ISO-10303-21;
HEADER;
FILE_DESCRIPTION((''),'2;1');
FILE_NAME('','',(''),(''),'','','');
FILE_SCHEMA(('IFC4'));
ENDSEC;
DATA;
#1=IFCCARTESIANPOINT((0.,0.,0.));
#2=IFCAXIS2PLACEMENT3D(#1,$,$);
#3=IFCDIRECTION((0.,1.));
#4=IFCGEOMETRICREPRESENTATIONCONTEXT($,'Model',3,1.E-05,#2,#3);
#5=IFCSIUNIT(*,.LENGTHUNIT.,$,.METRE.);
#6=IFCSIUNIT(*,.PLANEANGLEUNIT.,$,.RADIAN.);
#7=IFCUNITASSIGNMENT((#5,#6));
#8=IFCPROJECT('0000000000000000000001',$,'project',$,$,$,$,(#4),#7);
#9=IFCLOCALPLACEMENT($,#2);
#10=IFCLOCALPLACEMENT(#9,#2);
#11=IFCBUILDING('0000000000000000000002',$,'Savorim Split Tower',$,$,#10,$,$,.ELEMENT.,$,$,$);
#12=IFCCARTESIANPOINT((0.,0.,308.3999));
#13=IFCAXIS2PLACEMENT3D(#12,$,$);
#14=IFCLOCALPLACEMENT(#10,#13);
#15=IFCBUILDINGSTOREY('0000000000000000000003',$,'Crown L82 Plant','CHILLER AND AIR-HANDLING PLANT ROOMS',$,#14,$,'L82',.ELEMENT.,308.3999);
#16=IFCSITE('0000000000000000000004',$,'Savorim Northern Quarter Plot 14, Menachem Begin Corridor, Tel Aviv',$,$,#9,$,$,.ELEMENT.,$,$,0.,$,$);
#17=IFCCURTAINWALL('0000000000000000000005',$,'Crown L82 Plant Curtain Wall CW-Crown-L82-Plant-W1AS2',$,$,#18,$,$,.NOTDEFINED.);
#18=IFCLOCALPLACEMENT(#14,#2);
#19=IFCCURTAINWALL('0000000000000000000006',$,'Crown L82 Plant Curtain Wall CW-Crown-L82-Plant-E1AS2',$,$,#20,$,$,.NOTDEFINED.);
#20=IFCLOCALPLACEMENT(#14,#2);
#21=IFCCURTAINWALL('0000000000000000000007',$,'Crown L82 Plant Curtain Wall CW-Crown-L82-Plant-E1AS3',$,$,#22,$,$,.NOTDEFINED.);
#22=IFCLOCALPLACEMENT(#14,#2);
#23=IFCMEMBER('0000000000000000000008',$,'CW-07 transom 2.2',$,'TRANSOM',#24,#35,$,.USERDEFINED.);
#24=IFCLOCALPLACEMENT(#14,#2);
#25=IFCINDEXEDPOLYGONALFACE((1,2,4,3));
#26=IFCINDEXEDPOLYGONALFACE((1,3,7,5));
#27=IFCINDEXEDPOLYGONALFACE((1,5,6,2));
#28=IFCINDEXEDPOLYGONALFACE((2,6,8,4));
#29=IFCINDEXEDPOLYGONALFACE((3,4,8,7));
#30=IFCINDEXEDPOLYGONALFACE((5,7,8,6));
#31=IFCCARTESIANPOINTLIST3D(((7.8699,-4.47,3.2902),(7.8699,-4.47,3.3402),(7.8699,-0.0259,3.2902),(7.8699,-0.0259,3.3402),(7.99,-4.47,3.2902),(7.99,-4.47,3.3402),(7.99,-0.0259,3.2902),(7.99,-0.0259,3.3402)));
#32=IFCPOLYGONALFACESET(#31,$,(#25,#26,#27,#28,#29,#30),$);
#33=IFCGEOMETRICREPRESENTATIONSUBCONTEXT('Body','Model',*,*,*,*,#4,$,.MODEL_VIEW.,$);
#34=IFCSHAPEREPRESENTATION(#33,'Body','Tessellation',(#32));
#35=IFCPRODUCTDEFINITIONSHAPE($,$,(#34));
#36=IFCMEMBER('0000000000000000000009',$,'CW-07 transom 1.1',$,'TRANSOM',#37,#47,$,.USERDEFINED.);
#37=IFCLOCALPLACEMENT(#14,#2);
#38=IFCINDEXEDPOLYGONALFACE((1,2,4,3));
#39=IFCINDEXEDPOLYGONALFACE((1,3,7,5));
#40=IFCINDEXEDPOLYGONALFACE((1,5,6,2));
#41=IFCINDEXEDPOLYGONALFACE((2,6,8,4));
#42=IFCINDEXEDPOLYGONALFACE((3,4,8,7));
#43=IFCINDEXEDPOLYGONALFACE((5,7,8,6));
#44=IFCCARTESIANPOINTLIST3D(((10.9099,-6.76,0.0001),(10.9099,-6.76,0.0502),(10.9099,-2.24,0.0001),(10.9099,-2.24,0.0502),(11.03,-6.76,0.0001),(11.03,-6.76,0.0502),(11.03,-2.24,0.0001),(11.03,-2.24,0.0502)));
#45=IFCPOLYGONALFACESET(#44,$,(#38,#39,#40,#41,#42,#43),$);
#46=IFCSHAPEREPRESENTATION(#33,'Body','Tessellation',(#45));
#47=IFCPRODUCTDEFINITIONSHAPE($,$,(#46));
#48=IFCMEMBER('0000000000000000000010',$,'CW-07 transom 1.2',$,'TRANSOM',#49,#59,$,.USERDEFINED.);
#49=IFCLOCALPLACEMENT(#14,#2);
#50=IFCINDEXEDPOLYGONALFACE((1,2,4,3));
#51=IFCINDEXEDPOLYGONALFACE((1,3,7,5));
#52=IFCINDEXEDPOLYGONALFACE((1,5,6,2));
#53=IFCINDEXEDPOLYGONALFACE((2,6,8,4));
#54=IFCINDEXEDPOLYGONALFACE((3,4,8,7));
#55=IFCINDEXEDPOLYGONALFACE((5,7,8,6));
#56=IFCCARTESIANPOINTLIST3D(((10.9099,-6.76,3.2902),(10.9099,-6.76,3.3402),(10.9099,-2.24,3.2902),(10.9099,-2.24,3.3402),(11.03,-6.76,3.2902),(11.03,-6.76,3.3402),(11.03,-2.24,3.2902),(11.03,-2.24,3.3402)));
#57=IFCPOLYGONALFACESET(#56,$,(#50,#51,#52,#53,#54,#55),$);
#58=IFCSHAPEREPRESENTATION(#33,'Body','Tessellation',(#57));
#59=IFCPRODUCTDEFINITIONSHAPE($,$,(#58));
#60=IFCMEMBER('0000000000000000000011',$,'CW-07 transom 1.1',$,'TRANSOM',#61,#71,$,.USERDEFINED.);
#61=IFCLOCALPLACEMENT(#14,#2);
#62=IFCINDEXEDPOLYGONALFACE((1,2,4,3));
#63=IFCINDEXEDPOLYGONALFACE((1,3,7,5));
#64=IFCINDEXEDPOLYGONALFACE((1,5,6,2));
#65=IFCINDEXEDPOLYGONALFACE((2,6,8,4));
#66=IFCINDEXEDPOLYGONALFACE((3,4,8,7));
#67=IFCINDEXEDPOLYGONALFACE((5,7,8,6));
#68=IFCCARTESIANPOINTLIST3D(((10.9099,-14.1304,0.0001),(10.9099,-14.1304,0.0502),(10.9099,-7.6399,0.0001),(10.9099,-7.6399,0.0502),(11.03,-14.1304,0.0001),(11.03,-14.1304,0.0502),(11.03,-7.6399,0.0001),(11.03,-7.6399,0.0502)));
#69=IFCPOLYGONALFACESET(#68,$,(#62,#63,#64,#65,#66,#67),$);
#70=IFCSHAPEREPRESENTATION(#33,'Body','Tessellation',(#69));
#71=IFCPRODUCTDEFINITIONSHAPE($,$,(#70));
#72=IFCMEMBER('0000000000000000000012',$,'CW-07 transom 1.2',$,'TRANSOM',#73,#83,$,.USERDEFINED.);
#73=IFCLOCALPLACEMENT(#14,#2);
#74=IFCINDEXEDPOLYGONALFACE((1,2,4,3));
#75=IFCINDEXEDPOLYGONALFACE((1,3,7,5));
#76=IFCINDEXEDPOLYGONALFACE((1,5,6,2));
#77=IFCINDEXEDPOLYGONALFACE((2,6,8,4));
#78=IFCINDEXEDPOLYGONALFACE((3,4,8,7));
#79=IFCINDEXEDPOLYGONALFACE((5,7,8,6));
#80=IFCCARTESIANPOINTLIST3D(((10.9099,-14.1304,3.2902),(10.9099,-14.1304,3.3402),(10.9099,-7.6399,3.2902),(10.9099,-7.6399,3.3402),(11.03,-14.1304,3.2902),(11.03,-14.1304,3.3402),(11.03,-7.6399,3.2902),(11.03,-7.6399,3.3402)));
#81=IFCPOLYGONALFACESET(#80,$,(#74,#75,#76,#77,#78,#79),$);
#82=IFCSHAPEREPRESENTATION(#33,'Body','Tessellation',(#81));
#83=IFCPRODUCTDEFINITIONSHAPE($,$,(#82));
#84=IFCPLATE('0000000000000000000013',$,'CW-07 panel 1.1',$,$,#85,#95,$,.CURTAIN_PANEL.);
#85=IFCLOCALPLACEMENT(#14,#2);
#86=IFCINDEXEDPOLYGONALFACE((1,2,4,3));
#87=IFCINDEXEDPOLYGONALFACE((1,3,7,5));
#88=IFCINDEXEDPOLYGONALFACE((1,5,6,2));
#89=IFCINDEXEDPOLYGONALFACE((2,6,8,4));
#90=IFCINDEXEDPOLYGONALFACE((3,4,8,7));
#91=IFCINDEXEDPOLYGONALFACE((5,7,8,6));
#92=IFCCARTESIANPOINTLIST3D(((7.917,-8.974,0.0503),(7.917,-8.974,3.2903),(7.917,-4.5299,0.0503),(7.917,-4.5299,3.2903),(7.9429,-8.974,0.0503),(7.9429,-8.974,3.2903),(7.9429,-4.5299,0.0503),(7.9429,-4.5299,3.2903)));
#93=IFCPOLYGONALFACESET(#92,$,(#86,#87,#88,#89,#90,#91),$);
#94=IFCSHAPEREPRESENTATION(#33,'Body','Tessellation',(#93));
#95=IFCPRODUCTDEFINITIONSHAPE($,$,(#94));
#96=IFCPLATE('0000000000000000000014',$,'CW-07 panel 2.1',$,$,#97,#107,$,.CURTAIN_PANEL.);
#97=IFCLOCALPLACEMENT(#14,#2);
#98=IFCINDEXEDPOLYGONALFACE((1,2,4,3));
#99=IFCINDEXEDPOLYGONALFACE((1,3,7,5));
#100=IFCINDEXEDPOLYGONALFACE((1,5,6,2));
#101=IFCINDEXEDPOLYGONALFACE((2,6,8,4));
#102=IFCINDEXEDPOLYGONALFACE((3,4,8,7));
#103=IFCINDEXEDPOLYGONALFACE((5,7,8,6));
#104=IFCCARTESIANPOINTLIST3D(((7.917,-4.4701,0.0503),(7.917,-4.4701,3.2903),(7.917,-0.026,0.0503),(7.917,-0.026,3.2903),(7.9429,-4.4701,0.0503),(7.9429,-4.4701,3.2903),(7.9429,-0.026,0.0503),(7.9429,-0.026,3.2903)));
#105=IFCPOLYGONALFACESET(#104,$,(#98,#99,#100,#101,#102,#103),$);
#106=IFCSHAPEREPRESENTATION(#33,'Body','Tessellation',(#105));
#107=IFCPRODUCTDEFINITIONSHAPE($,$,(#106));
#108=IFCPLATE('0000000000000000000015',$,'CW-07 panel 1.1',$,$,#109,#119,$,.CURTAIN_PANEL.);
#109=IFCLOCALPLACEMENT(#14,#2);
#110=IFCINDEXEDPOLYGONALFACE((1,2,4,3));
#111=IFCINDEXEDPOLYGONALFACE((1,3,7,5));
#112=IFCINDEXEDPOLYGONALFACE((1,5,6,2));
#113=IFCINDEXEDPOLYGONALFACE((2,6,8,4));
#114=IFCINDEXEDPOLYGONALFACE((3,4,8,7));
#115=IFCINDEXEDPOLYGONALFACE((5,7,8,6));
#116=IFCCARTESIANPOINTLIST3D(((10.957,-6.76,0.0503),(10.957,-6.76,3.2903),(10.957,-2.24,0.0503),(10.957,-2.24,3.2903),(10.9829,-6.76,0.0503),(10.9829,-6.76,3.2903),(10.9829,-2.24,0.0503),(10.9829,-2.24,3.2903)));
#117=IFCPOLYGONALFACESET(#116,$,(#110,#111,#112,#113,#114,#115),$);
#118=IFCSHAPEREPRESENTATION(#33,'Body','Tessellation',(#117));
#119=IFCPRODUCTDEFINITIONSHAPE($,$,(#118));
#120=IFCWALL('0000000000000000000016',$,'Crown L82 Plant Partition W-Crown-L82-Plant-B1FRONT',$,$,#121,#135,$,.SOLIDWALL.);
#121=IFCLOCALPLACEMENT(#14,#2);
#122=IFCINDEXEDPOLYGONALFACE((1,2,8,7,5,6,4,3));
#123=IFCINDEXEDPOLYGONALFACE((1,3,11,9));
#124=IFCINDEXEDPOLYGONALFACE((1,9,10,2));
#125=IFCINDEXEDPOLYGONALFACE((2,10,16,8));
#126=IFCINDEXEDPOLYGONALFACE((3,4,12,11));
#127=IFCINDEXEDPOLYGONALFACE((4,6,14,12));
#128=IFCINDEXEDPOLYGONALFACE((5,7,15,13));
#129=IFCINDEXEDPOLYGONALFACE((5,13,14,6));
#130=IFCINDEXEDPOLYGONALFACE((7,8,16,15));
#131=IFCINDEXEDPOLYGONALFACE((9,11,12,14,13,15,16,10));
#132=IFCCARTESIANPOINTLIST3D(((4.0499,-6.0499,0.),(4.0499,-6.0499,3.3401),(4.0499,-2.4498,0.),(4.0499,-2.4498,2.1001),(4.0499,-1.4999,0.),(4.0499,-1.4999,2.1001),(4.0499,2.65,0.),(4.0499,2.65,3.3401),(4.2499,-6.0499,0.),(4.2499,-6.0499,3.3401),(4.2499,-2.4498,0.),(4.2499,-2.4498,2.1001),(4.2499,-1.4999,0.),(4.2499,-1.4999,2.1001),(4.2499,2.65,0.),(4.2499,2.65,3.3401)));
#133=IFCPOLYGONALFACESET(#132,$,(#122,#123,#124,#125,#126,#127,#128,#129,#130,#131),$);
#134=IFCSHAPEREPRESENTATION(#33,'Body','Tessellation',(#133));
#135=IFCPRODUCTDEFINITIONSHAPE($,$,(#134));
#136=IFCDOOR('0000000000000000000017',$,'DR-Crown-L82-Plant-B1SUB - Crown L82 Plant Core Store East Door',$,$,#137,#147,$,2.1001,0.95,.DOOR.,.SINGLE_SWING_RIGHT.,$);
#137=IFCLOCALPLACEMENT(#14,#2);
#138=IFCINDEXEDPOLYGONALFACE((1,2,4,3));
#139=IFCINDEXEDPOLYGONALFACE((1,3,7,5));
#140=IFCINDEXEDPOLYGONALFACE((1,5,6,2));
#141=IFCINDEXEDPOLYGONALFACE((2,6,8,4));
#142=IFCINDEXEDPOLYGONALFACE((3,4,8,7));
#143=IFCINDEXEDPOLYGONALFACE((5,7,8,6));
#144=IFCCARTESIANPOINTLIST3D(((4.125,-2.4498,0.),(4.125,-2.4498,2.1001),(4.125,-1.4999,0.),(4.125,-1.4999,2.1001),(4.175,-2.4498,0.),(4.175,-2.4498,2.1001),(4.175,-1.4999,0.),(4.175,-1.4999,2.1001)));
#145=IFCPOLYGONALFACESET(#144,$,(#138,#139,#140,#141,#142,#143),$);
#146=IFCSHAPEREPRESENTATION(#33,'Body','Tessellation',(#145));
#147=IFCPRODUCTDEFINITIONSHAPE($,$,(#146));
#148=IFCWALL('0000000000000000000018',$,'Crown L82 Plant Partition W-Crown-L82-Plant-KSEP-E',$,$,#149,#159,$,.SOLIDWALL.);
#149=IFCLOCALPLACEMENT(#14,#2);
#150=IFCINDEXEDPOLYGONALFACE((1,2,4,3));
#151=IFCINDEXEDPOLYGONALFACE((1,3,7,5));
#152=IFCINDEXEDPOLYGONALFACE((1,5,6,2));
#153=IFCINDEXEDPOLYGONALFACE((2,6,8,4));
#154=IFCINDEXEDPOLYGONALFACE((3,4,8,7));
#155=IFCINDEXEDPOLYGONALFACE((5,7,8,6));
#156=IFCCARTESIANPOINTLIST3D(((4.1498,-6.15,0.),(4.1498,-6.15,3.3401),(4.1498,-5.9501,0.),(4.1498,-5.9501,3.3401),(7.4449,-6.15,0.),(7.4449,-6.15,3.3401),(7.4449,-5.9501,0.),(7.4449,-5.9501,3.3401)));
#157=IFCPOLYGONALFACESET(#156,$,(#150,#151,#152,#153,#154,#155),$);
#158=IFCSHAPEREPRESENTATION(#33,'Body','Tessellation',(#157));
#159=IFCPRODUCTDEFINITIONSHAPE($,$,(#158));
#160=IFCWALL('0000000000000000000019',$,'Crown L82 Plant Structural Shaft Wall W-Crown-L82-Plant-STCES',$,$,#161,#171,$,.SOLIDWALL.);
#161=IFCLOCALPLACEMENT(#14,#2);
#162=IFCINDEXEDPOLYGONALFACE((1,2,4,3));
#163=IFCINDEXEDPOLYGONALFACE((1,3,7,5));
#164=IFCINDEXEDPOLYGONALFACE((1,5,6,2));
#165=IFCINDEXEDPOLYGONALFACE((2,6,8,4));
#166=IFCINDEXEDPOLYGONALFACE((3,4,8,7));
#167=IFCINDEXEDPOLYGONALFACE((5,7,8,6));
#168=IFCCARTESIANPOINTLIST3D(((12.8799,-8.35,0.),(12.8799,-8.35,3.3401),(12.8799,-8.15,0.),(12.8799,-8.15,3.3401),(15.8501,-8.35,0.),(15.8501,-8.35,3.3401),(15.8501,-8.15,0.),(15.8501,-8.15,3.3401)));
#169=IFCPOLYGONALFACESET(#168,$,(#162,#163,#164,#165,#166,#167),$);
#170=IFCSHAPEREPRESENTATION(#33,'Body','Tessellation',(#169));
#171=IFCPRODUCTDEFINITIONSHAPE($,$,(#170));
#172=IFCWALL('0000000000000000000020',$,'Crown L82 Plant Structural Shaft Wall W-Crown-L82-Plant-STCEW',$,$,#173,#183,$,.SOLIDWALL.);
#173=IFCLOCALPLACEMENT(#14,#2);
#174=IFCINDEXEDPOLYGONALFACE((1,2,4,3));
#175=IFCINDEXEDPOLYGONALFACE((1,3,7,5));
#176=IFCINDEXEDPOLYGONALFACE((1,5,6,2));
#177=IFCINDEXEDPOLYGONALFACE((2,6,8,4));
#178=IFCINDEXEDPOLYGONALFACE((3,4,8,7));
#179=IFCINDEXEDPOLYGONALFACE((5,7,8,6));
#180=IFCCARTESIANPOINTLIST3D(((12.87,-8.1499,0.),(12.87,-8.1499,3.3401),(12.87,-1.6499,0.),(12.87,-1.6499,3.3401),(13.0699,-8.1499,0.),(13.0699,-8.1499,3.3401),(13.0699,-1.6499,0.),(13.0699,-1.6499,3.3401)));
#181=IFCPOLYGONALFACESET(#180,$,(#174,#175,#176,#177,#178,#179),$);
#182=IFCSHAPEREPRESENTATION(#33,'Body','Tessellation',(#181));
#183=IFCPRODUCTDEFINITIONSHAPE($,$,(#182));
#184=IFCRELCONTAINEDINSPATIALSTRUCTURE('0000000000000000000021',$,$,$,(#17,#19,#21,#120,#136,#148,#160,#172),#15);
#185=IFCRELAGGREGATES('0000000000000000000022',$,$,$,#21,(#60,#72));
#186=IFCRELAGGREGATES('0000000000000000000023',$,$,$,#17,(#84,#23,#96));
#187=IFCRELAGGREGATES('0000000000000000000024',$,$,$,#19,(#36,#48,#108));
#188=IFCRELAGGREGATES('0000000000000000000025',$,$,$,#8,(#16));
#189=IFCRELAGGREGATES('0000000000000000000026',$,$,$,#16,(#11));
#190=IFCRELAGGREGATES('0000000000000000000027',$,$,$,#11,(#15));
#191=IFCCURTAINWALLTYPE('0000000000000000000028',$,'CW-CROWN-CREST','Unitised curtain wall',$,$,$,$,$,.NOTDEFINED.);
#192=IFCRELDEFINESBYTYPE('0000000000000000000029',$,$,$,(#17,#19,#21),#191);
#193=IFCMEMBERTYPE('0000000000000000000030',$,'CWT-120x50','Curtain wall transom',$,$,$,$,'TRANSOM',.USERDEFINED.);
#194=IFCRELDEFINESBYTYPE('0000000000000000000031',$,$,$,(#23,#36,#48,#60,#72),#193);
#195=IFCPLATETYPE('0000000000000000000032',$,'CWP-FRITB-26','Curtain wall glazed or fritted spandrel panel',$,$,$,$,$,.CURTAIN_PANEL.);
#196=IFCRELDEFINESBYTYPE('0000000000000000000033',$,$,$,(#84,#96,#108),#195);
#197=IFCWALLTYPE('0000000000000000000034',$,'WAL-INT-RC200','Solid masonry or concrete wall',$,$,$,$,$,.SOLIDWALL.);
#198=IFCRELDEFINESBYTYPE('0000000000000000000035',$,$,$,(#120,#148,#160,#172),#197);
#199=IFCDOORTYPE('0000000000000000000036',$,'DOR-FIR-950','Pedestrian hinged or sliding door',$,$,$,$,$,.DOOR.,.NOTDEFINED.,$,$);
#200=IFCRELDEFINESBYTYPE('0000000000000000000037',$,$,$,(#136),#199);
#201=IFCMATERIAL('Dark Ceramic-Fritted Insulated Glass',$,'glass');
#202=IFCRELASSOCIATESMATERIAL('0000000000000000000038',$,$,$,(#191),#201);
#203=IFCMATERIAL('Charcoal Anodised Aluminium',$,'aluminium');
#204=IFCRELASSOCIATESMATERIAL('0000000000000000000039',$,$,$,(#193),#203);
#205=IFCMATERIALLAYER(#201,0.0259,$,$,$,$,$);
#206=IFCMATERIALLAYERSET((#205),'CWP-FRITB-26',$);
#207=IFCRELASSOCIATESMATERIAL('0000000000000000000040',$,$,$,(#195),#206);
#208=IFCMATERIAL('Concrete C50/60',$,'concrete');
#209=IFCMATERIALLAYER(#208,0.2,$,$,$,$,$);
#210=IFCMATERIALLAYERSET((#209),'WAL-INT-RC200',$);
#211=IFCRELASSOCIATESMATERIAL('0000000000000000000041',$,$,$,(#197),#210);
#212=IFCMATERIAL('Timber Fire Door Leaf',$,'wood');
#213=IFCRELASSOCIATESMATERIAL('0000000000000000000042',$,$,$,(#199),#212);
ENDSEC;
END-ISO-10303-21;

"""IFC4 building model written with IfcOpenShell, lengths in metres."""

from ifc_helpers import new_model, si_unit, direction, frame, frame_2d, origin, origin_2d, place, context, subcontext, project, spatial, rectangle, extrude, material, layer, layer_set, material_profile, profile_set, type_object, element, fill, aggregate, save


model = new_model("IFC4")

# Units and contexts
model_context = context("Model", 3, precision=1e-05, world=origin(), true_north=direction((0.0, 1.0)))
body_context = subcontext(model_context, "Body", "Model", "MODEL_VIEW")
ifc_project = project(units=[si_unit("LENGTHUNIT", "METRE"), si_unit("PLANEANGLEUNIT", "RADIAN")], contexts=[model_context])

# Site, building, storey
site_placement = place(None, origin())
site = spatial("IfcSite", under=ifc_project, at=site_placement, Name="Savorim Northern Quarter Plot 14, Menachem Begin Corridor, Tel Aviv", CompositionType="ELEMENT", RefElevation=0.0)
building_placement = place(site_placement, origin())
building = spatial("IfcBuilding", under=site, at=building_placement, Name="Savorim Split Tower", CompositionType="ELEMENT")
storey_placement = place(building_placement, frame((0.0, 0.0, 308.3999)))
storey = spatial("IfcBuildingStorey", under=building, at=storey_placement, Name="Crown L82 Plant", Description="CHILLER AND AIR-HANDLING PLANT ROOMS", LongName="L82", CompositionType="ELEMENT", Elevation=308.3999)

# Curtain wall
ifc_material_1 = material(Name="Dark Ceramic-Fritted Insulated Glass", Category="glass")
curtain_wall_type = type_object("IfcCurtainWallType", Name="CW-CROWN-CREST", Description="Unitised curtain wall", PredefinedType="NOTDEFINED", material=ifc_material_1)
curtain_wall_1_placement = place(storey_placement, origin())
curtain_wall_1 = element("IfcCurtainWall", 1, at=curtain_wall_1_placement, inside=storey, type_object=curtain_wall_type, Name="Crown L82 Plant Curtain Wall CW-Crown-L82-Plant-W1AS2", PredefinedType="NOTDEFINED")
ifc_material_2 = material(Name="Charcoal Anodised Aluminium", Category="aluminium")

# Curtain walls
curtain_wall_2_placement = place(storey_placement, origin())
curtain_wall_2 = element("IfcCurtainWall", 2, at=curtain_wall_2_placement, inside=storey, type_object=curtain_wall_type, Name="Crown L82 Plant Curtain Wall CW-Crown-L82-Plant-E1AS2", PredefinedType="NOTDEFINED")
curtain_wall_3_placement = place(storey_placement, origin())
curtain_wall_3 = element("IfcCurtainWall", 3, at=curtain_wall_3_placement, inside=storey, type_object=curtain_wall_type, Name="Crown L82 Plant Curtain Wall CW-Crown-L82-Plant-E1AS3", PredefinedType="NOTDEFINED")

# Members
ifc_material_profile_1 = material_profile(ifc_material_2, rectangle(XDim=0.1201, YDim=0.05, at=origin_2d()), Name="ALU-T 120x50")
ifc_profile_set_1 = profile_set([ifc_material_profile_1], Name="Charcoal Anodised Aluminium")
member_type_1 = type_object("IfcMemberType", Name="CWT-120x50", Description="Curtain wall transom", ElementType="TRANSOM", PredefinedType="USERDEFINED", material=ifc_profile_set_1)
member_1_placement = place(storey_placement, frame((7.9299, -4.47, 3.3152), z_axis=(0.0, 1.0, 0.0), x_axis=(-1.0, 0.0, 0.0)))
member_1 = element("IfcMember", 4, at=member_1_placement, type_object=member_type_1, Name="CW-07 transom 2.2", ObjectType="TRANSOM", PredefinedType="USERDEFINED", context=body_context, shape_type="SweptSolid", body=[
    extrude(rectangle(XDim=0.1201, YDim=0.05, at=origin_2d()), origin(), (0.0, 0.0, 1.0), 4.4441),
])
member_2_placement = place(storey_placement, frame((10.97, -2.24, 0.0251), z_axis=(0.0, -1.0, 0.0), x_axis=(1.0, 0.0, 0.0)))
member_2 = element("IfcMember", 5, at=member_2_placement, type_object=member_type_1, Name="CW-07 transom 1.1", ObjectType="TRANSOM", PredefinedType="USERDEFINED", context=body_context, shape_type="SweptSolid", body=[
    extrude(rectangle(XDim=0.1201, YDim=0.05, at=origin_2d()), origin(), (0.0, 0.0, 1.0), 4.52),
])
member_3_placement = place(storey_placement, frame((10.97, -2.24, 3.3152), z_axis=(0.0, -1.0, 0.0), x_axis=(1.0, 0.0, 0.0)))
member_3 = element("IfcMember", 6, at=member_3_placement, type_object=member_type_1, Name="CW-07 transom 1.2", ObjectType="TRANSOM", PredefinedType="USERDEFINED", context=body_context, shape_type="SweptSolid", body=[
    extrude(rectangle(XDim=0.1201, YDim=0.05, at=origin_2d()), origin(), (0.0, 0.0, 1.0), 4.52),
])
member_4_placement = place(storey_placement, frame((10.97, -7.6399, 0.0251), z_axis=(0.0, -1.0, 0.0), x_axis=(1.0, 0.0, 0.0)))
member_4 = element("IfcMember", 7, at=member_4_placement, type_object=member_type_1, Name="CW-07 transom 1.1", ObjectType="TRANSOM", PredefinedType="USERDEFINED", context=body_context, shape_type="SweptSolid", body=[
    extrude(rectangle(XDim=0.1201, YDim=0.05, at=origin_2d()), origin(), (0.0, 0.0, 1.0), 6.4905),
])
member_5_placement = place(storey_placement, frame((10.97, -7.6399, 3.3152), z_axis=(0.0, -1.0, 0.0), x_axis=(1.0, 0.0, 0.0)))
member_5 = element("IfcMember", 8, at=member_5_placement, type_object=member_type_1, Name="CW-07 transom 1.2", ObjectType="TRANSOM", PredefinedType="USERDEFINED", context=body_context, shape_type="SweptSolid", body=[
    extrude(rectangle(XDim=0.1201, YDim=0.05, at=origin_2d()), origin(), (0.0, 0.0, 1.0), 6.4905),
])
aggregate(curtain_wall_3, [member_4, member_5])

# Plates
ifc_layer_1 = layer(ifc_material_1, 0.0259)
ifc_layer_set_1 = layer_set([ifc_layer_1], Name="CWP-FRITB-26")
plate_type = type_object("IfcPlateType", Name="CWP-FRITB-26", Description="Curtain wall glazed or fritted spandrel panel", PredefinedType="CURTAIN_PANEL", material=ifc_layer_set_1)
plate_1_placement = place(storey_placement, frame((7.9299, -6.752, 0.0503), z_axis=(0.0, 0.0, 1.0), x_axis=(0.0, 1.0, 0.0)))
plate_1 = element("IfcPlate", 9, at=plate_1_placement, type_object=plate_type, Name="CW-07 panel 1.1", PredefinedType="CURTAIN_PANEL", context=body_context, shape_type="SweptSolid", body=[
    extrude(rectangle(XDim=4.4441, YDim=0.0259, at=origin_2d()), origin(), (0.0, 0.0, 1.0), 3.24),
])
plate_2_placement = place(storey_placement, frame((7.9299, -2.248, 0.0503), z_axis=(0.0, 0.0, 1.0), x_axis=(0.0, 1.0, 0.0)))
plate_2 = element("IfcPlate", 10, at=plate_2_placement, type_object=plate_type, Name="CW-07 panel 2.1", PredefinedType="CURTAIN_PANEL", context=body_context, shape_type="SweptSolid", body=[
    extrude(rectangle(XDim=4.4441, YDim=0.0259, at=origin_2d()), origin(), (0.0, 0.0, 1.0), 3.24),
])
aggregate(curtain_wall_1, [plate_1, member_1, plate_2])
plate_3_placement = place(storey_placement, frame((10.97, -4.5, 0.0503), z_axis=(0.0, 0.0, 1.0), x_axis=(0.0, -1.0, 0.0)))
plate_3 = element("IfcPlate", 11, at=plate_3_placement, type_object=plate_type, Name="CW-07 panel 1.1", PredefinedType="CURTAIN_PANEL", context=body_context, shape_type="SweptSolid", body=[
    extrude(rectangle(XDim=4.52, YDim=0.0259, at=origin_2d()), origin(), (0.0, 0.0, 1.0), 3.24),
])
aggregate(curtain_wall_2, [member_2, member_3, plate_3])

# Wall, opening, door
ifc_material_3 = material(Name="Concrete C50/60", Category="concrete")
ifc_layer_2 = layer(ifc_material_3, 0.2)
ifc_layer_set_2 = layer_set([ifc_layer_2], Name="WAL-INT-RC200")
wall_type = type_object("IfcWallType", Name="WAL-INT-RC200", Description="Solid masonry or concrete wall", PredefinedType="SOLIDWALL", material=ifc_layer_set_2)
wall_1_placement = place(storey_placement, frame((4.1499, -6.05, 0.0), z_axis=(0.0, 0.0, 1.0), x_axis=(0.0, 1.0, 0.0)))
wall_1 = element("IfcWall", 12, at=wall_1_placement, inside=storey, type_object=wall_type, Name="Crown L82 Plant Partition W-Crown-L82-Plant-B1FRONT", PredefinedType="SOLIDWALL", context=body_context, shape_type="SweptSolid", body=[
    extrude(rectangle(XDim=8.7, YDim=0.2, at=frame_2d((4.3501, 0.0))), origin(), (0.0, 0.0, 1.0), 3.3401),
])
opening_placement = place(wall_1_placement, frame((3.6001, 0.0, 0.0)))
opening = element("IfcOpeningElement", 13, at=opening_placement, cuts=wall_1, PredefinedType="OPENING", context=body_context, shape_type="SweptSolid", body=[
    extrude(rectangle(XDim=0.95, YDim=2.1001, at=frame_2d((0.4751, 1.05))), frame((0.0, 0.1099, 0.0), z_axis=(0.0, -1.0, 0.0), x_axis=(1.0, 0.0, 0.0)), (0.0, 0.0, 1.0), 0.22),
])
ifc_material_4 = material(Name="Timber Fire Door Leaf", Category="wood")
door_type = type_object("IfcDoorType", Name="DOR-FIR-950", Description="Pedestrian hinged or sliding door", OperationType="NOTDEFINED", PredefinedType="DOOR", material=ifc_material_4)
door_placement = place(opening_placement, origin())
door = element("IfcDoor", 14, at=door_placement, inside=storey, type_object=door_type, Name="DR-Crown-L82-Plant-B1SUB - Crown L82 Plant Core Store East Door", OperationType="SINGLE_SWING_RIGHT", OverallHeight=2.1001, OverallWidth=0.95, PredefinedType="DOOR", context=body_context, shape_type="SweptSolid", body=[
    extrude(rectangle(XDim=0.95, YDim=2.1001, at=frame_2d((0.4751, 1.05))), frame((0.0, 0.0249, 0.0), z_axis=(0.0, -1.0, 0.0), x_axis=(1.0, 0.0, 0.0)), (0.0, 0.0, 1.0), 0.05),
])
fill(opening, door)

# Walls
wall_2_placement = place(storey_placement, frame((4.1499, -6.05, 0.0), z_axis=(0.0, 0.0, 1.0), x_axis=(1.0, 0.0, 0.0)))
element("IfcWall", 15, at=wall_2_placement, inside=storey, type_object=wall_type, Name="Crown L82 Plant Partition W-Crown-L82-Plant-KSEP-E", PredefinedType="SOLIDWALL", context=body_context, shape_type="SweptSolid", body=[
    extrude(rectangle(XDim=3.2952, YDim=0.2, at=frame_2d((1.6475, 0.0))), origin(), (0.0, 0.0, 1.0), 3.3401),
])
wall_3_placement = place(storey_placement, frame((12.8799, -8.25, 0.0), z_axis=(0.0, 0.0, 1.0), x_axis=(1.0, 0.0, 0.0)))
element("IfcWall", 16, at=wall_3_placement, inside=storey, type_object=wall_type, Name="Crown L82 Plant Structural Shaft Wall W-Crown-L82-Plant-STCES", PredefinedType="SOLIDWALL", context=body_context, shape_type="SweptSolid", body=[
    extrude(rectangle(XDim=2.9702, YDim=0.2, at=frame_2d((1.4851, 0.0))), origin(), (0.0, 0.0, 1.0), 3.3401),
])
wall_4_placement = place(storey_placement, frame((12.97, -8.1499, 0.0), z_axis=(0.0, 0.0, 1.0), x_axis=(0.0, 1.0, 0.0)))
element("IfcWall", 17, at=wall_4_placement, inside=storey, type_object=wall_type, Name="Crown L82 Plant Structural Shaft Wall W-Crown-L82-Plant-STCEW", PredefinedType="SOLIDWALL", context=body_context, shape_type="SweptSolid", body=[
    extrude(rectangle(XDim=6.5, YDim=0.2, at=frame_2d((3.25, 0.0))), origin(), (0.0, 0.0, 1.0), 3.3401),
])

save(model, "model.ifc")
